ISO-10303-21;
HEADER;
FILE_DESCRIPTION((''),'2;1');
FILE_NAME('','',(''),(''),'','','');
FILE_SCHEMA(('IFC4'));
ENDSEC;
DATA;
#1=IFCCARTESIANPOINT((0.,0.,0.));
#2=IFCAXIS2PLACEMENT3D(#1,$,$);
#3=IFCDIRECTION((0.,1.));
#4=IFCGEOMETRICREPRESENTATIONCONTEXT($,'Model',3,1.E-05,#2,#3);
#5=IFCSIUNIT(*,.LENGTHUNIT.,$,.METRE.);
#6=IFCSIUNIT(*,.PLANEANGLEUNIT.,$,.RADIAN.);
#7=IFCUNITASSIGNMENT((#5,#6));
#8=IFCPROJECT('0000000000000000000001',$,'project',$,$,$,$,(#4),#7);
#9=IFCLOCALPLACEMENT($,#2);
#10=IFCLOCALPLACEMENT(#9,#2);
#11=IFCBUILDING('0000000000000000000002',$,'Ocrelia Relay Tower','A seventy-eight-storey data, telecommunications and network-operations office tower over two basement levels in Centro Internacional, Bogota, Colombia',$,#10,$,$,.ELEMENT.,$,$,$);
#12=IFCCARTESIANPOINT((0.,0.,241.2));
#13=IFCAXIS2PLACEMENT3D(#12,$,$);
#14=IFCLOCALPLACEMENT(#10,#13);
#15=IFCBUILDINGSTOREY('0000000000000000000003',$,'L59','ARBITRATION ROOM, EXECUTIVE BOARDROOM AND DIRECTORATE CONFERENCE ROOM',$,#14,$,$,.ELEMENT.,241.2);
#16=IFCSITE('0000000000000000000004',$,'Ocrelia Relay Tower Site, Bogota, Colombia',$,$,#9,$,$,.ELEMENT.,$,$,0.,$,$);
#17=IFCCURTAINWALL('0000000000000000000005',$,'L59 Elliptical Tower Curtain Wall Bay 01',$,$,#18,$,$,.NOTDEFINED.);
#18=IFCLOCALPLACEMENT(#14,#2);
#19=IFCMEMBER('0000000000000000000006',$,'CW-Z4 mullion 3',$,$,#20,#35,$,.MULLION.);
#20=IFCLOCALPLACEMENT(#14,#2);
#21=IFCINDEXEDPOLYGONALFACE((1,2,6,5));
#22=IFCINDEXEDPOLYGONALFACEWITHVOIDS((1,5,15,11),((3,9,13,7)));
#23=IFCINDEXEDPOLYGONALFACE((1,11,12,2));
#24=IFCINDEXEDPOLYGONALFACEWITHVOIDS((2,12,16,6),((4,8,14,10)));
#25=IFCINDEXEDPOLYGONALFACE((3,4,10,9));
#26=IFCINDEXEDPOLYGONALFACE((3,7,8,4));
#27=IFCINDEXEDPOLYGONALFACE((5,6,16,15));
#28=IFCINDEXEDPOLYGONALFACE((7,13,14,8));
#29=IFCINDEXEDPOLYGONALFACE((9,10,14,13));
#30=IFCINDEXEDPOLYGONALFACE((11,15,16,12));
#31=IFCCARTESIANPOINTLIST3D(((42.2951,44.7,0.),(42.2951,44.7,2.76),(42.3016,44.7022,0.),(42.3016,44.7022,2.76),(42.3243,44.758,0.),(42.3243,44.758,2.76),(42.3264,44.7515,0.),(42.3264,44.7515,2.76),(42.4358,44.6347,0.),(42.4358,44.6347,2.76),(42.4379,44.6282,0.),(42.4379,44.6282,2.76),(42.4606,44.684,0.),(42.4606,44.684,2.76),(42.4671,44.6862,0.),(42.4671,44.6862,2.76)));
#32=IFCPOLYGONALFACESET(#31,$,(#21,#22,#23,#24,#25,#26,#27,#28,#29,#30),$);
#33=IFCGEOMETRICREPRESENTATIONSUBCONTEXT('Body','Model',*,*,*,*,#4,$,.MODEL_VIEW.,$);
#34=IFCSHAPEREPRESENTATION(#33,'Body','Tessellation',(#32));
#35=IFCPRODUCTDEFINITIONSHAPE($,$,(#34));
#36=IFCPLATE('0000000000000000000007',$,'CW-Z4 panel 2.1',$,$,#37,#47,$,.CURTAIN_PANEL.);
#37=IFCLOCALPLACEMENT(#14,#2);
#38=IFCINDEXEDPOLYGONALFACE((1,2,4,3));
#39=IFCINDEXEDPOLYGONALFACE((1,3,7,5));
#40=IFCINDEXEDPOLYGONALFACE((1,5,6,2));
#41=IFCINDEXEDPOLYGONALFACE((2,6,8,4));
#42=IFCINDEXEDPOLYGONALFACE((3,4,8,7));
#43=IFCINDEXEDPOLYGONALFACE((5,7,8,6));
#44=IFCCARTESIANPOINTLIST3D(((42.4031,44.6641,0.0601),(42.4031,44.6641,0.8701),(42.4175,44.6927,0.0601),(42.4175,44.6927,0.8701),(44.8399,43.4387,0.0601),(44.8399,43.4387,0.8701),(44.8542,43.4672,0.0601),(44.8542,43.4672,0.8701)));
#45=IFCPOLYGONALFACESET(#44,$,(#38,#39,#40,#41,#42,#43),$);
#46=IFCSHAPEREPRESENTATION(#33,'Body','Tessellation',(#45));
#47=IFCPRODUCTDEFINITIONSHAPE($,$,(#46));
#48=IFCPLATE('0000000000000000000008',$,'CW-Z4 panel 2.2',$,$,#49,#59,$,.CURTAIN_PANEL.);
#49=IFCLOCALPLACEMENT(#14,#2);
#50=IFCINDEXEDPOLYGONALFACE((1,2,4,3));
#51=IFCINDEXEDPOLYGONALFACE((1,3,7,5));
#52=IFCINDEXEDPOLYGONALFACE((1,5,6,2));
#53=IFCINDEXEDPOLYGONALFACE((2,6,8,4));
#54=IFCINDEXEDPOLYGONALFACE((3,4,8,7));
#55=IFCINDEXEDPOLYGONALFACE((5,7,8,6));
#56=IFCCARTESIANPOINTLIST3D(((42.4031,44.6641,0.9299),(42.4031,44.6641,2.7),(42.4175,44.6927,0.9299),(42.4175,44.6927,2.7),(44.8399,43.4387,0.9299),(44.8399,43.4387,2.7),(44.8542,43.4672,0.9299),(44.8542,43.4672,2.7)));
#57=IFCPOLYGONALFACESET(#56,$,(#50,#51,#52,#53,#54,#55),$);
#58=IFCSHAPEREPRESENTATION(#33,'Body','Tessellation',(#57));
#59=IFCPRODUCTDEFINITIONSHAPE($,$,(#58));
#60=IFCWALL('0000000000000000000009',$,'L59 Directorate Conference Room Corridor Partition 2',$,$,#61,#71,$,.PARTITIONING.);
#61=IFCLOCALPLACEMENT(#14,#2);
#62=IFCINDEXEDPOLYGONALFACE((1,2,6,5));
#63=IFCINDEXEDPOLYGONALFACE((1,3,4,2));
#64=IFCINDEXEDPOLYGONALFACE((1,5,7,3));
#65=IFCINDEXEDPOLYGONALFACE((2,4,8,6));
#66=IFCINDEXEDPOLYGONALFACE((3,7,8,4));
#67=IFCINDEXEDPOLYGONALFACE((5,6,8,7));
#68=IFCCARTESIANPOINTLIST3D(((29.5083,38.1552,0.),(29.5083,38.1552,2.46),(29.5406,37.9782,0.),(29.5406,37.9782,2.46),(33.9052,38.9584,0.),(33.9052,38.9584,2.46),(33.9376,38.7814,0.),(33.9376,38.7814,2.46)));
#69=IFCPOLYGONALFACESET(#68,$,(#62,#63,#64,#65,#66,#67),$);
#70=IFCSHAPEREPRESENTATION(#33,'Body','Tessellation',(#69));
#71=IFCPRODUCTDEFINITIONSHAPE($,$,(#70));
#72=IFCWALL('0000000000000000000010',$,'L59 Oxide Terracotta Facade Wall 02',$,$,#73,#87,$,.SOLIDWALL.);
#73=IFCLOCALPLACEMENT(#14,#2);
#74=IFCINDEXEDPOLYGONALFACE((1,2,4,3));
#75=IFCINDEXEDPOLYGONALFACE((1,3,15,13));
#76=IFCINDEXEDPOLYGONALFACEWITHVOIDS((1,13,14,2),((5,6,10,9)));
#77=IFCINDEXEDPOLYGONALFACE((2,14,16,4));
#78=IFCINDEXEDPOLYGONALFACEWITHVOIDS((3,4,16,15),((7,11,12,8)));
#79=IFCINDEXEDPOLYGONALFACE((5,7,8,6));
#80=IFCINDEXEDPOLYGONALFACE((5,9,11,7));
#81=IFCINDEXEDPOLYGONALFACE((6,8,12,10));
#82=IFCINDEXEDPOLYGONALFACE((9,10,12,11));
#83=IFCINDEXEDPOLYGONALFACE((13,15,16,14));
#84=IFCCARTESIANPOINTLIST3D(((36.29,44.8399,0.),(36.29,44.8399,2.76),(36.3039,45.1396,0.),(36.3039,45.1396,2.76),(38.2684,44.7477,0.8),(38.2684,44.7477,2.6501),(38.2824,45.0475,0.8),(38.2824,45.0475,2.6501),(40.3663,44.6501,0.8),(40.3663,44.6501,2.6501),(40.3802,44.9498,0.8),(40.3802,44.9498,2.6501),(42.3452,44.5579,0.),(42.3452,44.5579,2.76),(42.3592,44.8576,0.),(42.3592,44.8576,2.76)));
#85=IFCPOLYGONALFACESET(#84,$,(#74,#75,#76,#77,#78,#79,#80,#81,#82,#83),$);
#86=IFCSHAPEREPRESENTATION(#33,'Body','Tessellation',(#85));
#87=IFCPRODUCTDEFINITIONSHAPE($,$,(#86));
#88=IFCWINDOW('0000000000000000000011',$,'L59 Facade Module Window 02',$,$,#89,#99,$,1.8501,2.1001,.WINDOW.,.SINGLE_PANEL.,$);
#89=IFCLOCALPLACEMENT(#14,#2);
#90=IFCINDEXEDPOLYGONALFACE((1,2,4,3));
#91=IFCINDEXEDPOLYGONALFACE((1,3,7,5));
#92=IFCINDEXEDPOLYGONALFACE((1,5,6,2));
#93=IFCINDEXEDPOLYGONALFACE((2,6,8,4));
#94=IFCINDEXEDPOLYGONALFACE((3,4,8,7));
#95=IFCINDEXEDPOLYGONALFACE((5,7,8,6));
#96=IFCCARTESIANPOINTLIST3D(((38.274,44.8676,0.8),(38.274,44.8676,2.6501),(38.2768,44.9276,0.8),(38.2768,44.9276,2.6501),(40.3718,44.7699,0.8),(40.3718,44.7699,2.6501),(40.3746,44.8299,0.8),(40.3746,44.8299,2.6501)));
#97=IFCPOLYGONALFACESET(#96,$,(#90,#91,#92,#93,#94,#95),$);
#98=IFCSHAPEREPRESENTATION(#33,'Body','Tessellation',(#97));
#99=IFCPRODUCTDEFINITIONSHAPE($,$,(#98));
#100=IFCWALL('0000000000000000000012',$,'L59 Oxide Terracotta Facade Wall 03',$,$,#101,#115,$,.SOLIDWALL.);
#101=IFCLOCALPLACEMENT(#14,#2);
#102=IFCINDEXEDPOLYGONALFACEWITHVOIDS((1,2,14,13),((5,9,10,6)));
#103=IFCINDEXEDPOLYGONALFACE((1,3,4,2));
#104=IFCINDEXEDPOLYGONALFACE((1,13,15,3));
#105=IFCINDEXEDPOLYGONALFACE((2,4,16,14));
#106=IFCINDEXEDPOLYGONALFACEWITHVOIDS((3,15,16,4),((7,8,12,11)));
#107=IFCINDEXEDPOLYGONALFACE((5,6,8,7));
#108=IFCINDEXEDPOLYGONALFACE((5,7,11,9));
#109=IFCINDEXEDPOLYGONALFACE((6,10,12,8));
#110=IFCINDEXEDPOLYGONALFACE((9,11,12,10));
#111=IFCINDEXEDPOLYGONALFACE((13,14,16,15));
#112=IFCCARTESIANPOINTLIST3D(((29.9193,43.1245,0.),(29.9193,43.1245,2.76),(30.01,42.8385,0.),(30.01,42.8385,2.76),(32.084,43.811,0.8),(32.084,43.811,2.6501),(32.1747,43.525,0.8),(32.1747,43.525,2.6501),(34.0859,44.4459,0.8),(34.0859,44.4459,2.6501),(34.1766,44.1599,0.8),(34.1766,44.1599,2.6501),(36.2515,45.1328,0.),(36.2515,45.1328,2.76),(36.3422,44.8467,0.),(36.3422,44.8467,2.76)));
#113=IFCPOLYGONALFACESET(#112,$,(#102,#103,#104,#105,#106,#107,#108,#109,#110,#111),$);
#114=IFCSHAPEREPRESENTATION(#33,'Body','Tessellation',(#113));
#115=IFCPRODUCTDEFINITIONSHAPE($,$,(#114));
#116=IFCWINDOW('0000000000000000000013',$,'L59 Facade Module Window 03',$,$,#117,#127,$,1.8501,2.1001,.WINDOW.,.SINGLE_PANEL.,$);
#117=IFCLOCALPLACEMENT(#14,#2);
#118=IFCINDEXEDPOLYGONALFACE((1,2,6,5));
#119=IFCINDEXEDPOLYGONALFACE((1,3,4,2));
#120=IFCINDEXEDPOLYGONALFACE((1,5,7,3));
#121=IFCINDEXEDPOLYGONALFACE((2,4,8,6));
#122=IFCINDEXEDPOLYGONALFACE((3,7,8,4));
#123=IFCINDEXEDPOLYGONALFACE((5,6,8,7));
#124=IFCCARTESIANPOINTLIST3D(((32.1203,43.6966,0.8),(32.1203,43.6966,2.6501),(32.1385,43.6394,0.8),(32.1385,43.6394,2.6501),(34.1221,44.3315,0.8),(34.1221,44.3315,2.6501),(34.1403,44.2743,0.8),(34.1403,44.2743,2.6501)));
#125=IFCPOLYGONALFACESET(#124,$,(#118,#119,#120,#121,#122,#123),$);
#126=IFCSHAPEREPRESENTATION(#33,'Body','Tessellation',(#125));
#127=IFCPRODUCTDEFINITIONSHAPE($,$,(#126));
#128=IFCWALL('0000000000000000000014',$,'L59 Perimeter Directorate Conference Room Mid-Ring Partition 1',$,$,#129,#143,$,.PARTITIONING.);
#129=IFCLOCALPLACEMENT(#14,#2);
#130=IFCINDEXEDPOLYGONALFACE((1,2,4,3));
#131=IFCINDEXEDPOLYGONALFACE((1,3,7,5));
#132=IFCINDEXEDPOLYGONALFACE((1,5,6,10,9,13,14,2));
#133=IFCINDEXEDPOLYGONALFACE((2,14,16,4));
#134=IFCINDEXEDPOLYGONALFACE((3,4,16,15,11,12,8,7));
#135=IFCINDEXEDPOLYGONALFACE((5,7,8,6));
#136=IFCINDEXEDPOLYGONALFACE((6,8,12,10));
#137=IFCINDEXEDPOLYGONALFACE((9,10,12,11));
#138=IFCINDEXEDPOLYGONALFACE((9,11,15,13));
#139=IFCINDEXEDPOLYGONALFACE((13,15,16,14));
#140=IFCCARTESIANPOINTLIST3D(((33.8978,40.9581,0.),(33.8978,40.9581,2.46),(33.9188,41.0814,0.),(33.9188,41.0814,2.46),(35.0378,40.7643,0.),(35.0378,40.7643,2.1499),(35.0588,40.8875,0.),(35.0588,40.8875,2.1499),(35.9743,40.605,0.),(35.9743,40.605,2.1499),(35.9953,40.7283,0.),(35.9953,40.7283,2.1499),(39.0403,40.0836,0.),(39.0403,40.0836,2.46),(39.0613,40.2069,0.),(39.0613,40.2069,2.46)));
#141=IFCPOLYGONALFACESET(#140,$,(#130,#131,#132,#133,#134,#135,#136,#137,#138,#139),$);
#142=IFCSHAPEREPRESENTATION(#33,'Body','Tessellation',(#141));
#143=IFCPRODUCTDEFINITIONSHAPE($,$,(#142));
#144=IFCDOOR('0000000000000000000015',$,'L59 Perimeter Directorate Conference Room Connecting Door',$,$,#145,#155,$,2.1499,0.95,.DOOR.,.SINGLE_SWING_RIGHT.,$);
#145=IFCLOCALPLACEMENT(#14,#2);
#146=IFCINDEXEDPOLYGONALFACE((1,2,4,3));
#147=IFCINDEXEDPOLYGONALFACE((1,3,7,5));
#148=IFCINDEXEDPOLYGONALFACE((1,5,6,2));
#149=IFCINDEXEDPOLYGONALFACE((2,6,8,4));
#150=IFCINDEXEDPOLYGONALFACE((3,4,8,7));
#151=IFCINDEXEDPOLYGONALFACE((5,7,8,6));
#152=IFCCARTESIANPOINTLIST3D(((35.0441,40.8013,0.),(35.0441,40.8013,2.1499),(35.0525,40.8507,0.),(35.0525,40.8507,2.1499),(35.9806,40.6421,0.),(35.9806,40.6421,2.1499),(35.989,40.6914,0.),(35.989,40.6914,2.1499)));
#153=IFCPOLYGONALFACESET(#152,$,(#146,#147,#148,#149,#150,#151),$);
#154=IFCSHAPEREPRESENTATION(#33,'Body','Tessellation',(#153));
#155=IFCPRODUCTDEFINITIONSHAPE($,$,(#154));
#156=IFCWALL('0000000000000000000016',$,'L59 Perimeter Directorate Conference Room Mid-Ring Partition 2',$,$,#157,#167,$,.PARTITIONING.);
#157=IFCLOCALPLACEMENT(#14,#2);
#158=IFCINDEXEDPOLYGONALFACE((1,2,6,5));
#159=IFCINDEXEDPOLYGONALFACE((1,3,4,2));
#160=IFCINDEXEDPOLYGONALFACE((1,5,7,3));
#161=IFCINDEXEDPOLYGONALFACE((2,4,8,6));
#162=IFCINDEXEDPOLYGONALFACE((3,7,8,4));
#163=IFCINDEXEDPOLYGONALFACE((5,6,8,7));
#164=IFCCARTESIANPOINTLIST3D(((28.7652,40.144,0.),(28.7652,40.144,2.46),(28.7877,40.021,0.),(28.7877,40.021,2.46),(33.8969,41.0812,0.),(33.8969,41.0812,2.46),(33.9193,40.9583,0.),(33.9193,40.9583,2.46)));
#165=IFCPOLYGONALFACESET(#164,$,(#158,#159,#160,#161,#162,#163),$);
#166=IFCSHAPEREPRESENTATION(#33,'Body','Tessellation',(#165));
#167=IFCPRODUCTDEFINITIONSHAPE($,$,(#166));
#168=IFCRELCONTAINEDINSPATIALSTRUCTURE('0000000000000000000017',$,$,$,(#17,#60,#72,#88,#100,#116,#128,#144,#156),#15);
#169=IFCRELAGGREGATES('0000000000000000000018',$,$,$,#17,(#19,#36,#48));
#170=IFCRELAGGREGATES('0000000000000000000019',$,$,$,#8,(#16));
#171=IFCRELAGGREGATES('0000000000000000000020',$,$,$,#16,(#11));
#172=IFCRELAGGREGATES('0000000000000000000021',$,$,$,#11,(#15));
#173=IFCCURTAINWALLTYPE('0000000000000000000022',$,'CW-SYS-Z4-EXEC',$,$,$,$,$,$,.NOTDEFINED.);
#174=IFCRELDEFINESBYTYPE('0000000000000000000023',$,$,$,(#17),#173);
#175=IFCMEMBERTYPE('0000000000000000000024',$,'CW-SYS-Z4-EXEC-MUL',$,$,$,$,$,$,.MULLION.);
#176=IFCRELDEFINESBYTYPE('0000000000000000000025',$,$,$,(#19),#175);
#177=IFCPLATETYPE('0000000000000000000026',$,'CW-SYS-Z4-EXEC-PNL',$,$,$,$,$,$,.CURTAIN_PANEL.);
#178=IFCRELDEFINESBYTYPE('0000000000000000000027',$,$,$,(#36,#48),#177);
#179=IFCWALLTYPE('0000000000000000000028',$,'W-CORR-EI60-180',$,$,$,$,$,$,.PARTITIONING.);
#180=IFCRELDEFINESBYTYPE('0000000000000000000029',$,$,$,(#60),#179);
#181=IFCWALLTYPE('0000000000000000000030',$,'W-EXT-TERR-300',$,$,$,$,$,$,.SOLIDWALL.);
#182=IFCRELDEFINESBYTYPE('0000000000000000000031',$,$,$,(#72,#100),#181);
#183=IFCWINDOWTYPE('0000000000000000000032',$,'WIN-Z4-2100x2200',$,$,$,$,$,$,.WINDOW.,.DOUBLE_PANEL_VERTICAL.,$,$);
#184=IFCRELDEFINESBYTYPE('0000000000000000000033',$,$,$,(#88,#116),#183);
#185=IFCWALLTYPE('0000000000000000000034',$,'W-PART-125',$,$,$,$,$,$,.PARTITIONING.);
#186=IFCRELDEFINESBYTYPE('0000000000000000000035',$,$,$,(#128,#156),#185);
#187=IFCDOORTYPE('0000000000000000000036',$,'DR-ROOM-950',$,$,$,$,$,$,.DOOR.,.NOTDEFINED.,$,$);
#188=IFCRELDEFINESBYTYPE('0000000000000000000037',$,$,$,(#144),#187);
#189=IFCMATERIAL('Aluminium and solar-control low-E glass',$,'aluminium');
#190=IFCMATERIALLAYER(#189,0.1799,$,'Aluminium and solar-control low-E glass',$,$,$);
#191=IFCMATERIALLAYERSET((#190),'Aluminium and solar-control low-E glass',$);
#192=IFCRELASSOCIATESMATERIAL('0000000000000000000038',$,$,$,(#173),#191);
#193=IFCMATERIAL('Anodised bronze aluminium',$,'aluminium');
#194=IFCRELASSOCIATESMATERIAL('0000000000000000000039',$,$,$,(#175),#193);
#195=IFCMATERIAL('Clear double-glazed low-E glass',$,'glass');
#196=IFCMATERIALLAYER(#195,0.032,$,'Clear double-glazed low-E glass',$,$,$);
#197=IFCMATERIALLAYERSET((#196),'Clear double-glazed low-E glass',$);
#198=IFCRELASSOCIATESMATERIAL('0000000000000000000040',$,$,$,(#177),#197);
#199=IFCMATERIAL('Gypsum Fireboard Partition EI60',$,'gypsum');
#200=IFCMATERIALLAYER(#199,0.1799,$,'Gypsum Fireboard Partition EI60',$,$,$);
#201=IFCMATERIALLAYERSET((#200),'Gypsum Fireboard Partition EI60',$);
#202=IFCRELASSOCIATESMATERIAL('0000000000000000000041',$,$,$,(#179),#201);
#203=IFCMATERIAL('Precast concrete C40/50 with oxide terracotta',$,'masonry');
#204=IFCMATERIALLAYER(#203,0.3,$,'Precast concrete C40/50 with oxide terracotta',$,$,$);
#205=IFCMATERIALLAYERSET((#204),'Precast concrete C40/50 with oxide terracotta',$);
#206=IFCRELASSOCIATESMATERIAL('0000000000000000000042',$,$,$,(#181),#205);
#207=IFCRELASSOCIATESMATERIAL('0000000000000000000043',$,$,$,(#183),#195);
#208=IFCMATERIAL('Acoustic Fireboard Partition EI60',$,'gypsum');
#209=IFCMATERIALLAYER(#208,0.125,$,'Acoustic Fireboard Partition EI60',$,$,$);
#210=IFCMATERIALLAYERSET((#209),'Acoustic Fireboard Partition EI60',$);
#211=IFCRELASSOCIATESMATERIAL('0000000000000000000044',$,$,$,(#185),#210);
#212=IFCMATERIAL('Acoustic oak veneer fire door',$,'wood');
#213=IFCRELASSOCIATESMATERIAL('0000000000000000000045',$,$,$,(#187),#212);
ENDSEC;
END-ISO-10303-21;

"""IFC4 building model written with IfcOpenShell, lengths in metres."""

from ifc_helpers import new_model, si_unit, direction, frame, frame_2d, origin, origin_2d, place, context, subcontext, project, spatial, rectangle, hollow_rectangle, extrude, material, layer, layer_set, material_profile, profile_set, type_object, element, fill, aggregate, save


model = new_model("IFC4")

# Units and contexts
model_context = context("Model", 3, precision=1e-05, world=origin(), true_north=direction((0.0, 1.0)))
body_context = subcontext(model_context, "Body", "Model", "MODEL_VIEW")
ifc_project = project(units=[si_unit("LENGTHUNIT", "METRE"), si_unit("PLANEANGLEUNIT", "RADIAN")], contexts=[model_context])

# Site, building, storey
site_placement = place(None, origin())
site = spatial("IfcSite", under=ifc_project, at=site_placement, Name="Ocrelia Relay Tower Site, Bogota, Colombia", CompositionType="ELEMENT", RefElevation=0.0)
building_placement = place(site_placement, origin())
building = spatial("IfcBuilding", under=site, at=building_placement, Name="Ocrelia Relay Tower", Description="A seventy-eight-storey data, telecommunications and network-operations office tower over two basement levels in Centro Internacional, Bogota, Colombia", CompositionType="ELEMENT")
storey_placement = place(building_placement, frame((0.0, 0.0, 241.2)))
storey = spatial("IfcBuildingStorey", under=building, at=storey_placement, Name="L59", Description="ARBITRATION ROOM, EXECUTIVE BOARDROOM AND DIRECTORATE CONFERENCE ROOM", CompositionType="ELEMENT", Elevation=241.2)

# Curtain wall, member, plates
ifc_material_1 = material(Name="Aluminium and solar-control low-E glass", Category="aluminium")
ifc_layer_1 = layer(ifc_material_1, 0.1799, Name="Aluminium and solar-control low-E glass")
ifc_layer_set_1 = layer_set([ifc_layer_1], Name="Aluminium and solar-control low-E glass")
curtain_wall_type = type_object("IfcCurtainWallType", Name="CW-SYS-Z4-EXEC", PredefinedType="NOTDEFINED", material=ifc_layer_set_1)
curtain_wall_placement = place(storey_placement, origin())
curtain_wall = element("IfcCurtainWall", 1, at=curtain_wall_placement, inside=storey, type_object=curtain_wall_type, Name="L59 Elliptical Tower Curtain Wall Bay 01", PredefinedType="NOTDEFINED")
ifc_material_2 = material(Name="Anodised bronze aluminium", Category="aluminium")
ifc_material_profile_1 = material_profile(ifc_material_2, hollow_rectangle(XDim=0.0649, YDim=0.1599, WallThickness=0.0049, at=origin_2d()), Name="CW-MUL-160x65")
ifc_profile_set_1 = profile_set([ifc_material_profile_1], Name="Anodised bronze aluminium")
member_type = type_object("IfcMemberType", Name="CW-SYS-Z4-EXEC-MUL", PredefinedType="MULLION", material=ifc_profile_set_1)
member_placement = place(storey_placement, frame((42.3811, 44.6931, 0.0), z_axis=(0.0, 0.0, 1.0), x_axis=(-0.449287, -0.893388, 0.0)))
member = element("IfcMember", 2, at=member_placement, type_object=member_type, Name="CW-Z4 mullion 3", PredefinedType="MULLION", context=body_context, shape_type="SweptSolid", body=[
    extrude(hollow_rectangle(XDim=0.0649, YDim=0.1599, WallThickness=0.0049, at=origin_2d()), origin(), (0.0, 0.0, 1.0), 2.76),
])
ifc_material_3 = material(Name="Clear double-glazed low-E glass", Category="glass")
ifc_layer_2 = layer(ifc_material_3, 0.032, Name="Clear double-glazed low-E glass")
ifc_layer_set_2 = layer_set([ifc_layer_2], Name="Clear double-glazed low-E glass")
plate_type = type_object("IfcPlateType", Name="CW-SYS-Z4-EXEC-PNL", PredefinedType="CURTAIN_PANEL", material=ifc_layer_set_2)
plate_1_placement = place(storey_placement, frame((43.6287, 44.0657, 0.0601), z_axis=(0.0, 0.0, 1.0), x_axis=(-0.893388, 0.449287, 0.0)))
plate_1 = element("IfcPlate", 3, at=plate_1_placement, type_object=plate_type, Name="CW-Z4 panel 2.1", PredefinedType="CURTAIN_PANEL", context=body_context, shape_type="SweptSolid", body=[
    extrude(rectangle(XDim=2.7275, YDim=0.032, at=origin_2d()), origin(), (0.0, 0.0, 1.0), 0.8101),
])
plate_2_placement = place(storey_placement, frame((43.6287, 44.0657, 0.9299), z_axis=(0.0, 0.0, 1.0), x_axis=(-0.893388, 0.449287, 0.0)))
plate_2 = element("IfcPlate", 4, at=plate_2_placement, type_object=plate_type, Name="CW-Z4 panel 2.2", PredefinedType="CURTAIN_PANEL", context=body_context, shape_type="SweptSolid", body=[
    extrude(rectangle(XDim=2.7275, YDim=0.032, at=origin_2d()), origin(), (0.0, 0.0, 1.0), 1.77),
])
aggregate(curtain_wall, [member, plate_1, plate_2])

# Wall
ifc_material_4 = material(Name="Gypsum Fireboard Partition EI60", Category="gypsum")
ifc_layer_3 = layer(ifc_material_4, 0.1799, Name="Gypsum Fireboard Partition EI60")
ifc_layer_set_3 = layer_set([ifc_layer_3], Name="Gypsum Fireboard Partition EI60")
wall_type_1 = type_object("IfcWallType", Name="W-CORR-EI60-180", PredefinedType="PARTITIONING", material=ifc_layer_set_3)
wall_1_placement = place(storey_placement, frame((33.9214, 38.8699, 0.0), z_axis=(0.0, 0.0, 1.0), x_axis=(-0.983721, -0.179703, 0.0)))
element("IfcWall", 5, at=wall_1_placement, inside=storey, type_object=wall_type_1, Name="L59 Directorate Conference Room Corridor Partition 2", PredefinedType="PARTITIONING", context=body_context, shape_type="SweptSolid", body=[
    extrude(rectangle(XDim=4.4697, YDim=0.1799, at=frame_2d((2.2349, 0.0))), origin(), (0.0, 0.0, 1.0), 2.46),
])

# Walls, openings, windows
ifc_material_5 = material(Name="Precast concrete C40/50 with oxide terracotta", Category="masonry")
ifc_layer_4 = layer(ifc_material_5, 0.3, Name="Precast concrete C40/50 with oxide terracotta")
ifc_layer_set_4 = layer_set([ifc_layer_4], Name="Precast concrete C40/50 with oxide terracotta")
wall_type_2 = type_object("IfcWallType", Name="W-EXT-TERR-300", PredefinedType="SOLIDWALL", material=ifc_layer_set_4)
wall_2_placement = place(storey_placement, frame((42.3521, 44.7078, 0.0), z_axis=(0.0, 0.0, 1.0), x_axis=(-0.998917, 0.046518, 0.0)))
wall_2 = element("IfcWall", 6, at=wall_2_placement, inside=storey, type_object=wall_type_2, Name="L59 Oxide Terracotta Facade Wall 02", PredefinedType="SOLIDWALL", context=body_context, shape_type="SweptSolid", body=[
    extrude(rectangle(XDim=6.0618, YDim=0.3, at=frame_2d((3.0308, 0.0))), origin(), (0.0, 0.0, 1.0), 2.76),
])
opening_1_placement = place(wall_2_placement, frame((1.981, 0.0, 0.8)))
opening_1 = element("IfcOpeningElement", 7, at=opening_1_placement, cuts=wall_2, PredefinedType="OPENING", context=body_context, shape_type="SweptSolid", body=[
    extrude(rectangle(XDim=2.1001, YDim=1.8501, at=frame_2d((1.05, 0.925))), frame((0.0, 0.1602, 0.0), z_axis=(0.0, -1.0, 0.0), x_axis=(1.0, 0.0, 0.0)), (0.0, 0.0, 1.0), 0.3201),
])
window_type = type_object("IfcWindowType", Name="WIN-Z4-2100x2200", PartitioningType="DOUBLE_PANEL_VERTICAL", PredefinedType="WINDOW", material=ifc_material_3)
window_1_placement = place(opening_1_placement, origin())
window_1 = element("IfcWindow", 8, at=window_1_placement, inside=storey, type_object=window_type, Name="L59 Facade Module Window 02", OverallHeight=1.8501, OverallWidth=2.1001, PartitioningType="SINGLE_PANEL", PredefinedType="WINDOW", context=body_context, shape_type="SweptSolid", body=[
    extrude(rectangle(XDim=2.1001, YDim=1.8501, at=frame_2d((1.05, 0.925))), frame((0.0, 0.03, 0.0), z_axis=(0.0, -1.0, 0.0), x_axis=(1.0, 0.0, 0.0)), (0.0, 0.0, 1.0), 0.0601),
])
fill(opening_1, window_1)
wall_3_placement = place(storey_placement, frame((36.2969, 44.9897, 0.0), z_axis=(0.0, 0.0, 1.0), x_axis=(-0.953209, -0.302313, 0.0)))
wall_3 = element("IfcWall", 9, at=wall_3_placement, inside=storey, type_object=wall_type_2, Name="L59 Oxide Terracotta Facade Wall 03", PredefinedType="SOLIDWALL", context=body_context, shape_type="SweptSolid", body=[
    extrude(rectangle(XDim=6.6431, YDim=0.3, at=frame_2d((3.3215, 0.0))), origin(), (0.0, 0.0, 1.0), 2.76),
])
opening_2_placement = place(wall_3_placement, frame((2.272, 0.0, 0.8)))
opening_2 = element("IfcOpeningElement", 10, at=opening_2_placement, cuts=wall_3, PredefinedType="OPENING", context=body_context, shape_type="SweptSolid", body=[
    extrude(rectangle(XDim=2.1001, YDim=1.8501, at=frame_2d((1.05, 0.925))), frame((0.0, 0.1602, 0.0), z_axis=(0.0, -1.0, 0.0), x_axis=(1.0, 0.0, 0.0)), (0.0, 0.0, 1.0), 0.3201),
])
window_2_placement = place(opening_2_placement, origin())
window_2 = element("IfcWindow", 11, at=window_2_placement, inside=storey, type_object=window_type, Name="L59 Facade Module Window 03", OverallHeight=1.8501, OverallWidth=2.1001, PartitioningType="SINGLE_PANEL", PredefinedType="WINDOW", context=body_context, shape_type="SweptSolid", body=[
    extrude(rectangle(XDim=2.1001, YDim=1.8501, at=frame_2d((1.05, 0.925))), frame((0.0, 0.03, 0.0), z_axis=(0.0, -1.0, 0.0), x_axis=(1.0, 0.0, 0.0)), (0.0, 0.0, 1.0), 0.0601),
])
fill(opening_2, window_2)

# Wall, opening, door
ifc_material_6 = material(Name="Acoustic Fireboard Partition EI60", Category="gypsum")
ifc_layer_5 = layer(ifc_material_6, 0.125, Name="Acoustic Fireboard Partition EI60")
ifc_layer_set_5 = layer_set([ifc_layer_5], Name="Acoustic Fireboard Partition EI60")
wall_type_3 = type_object("IfcWallType", Name="W-PART-125", PredefinedType="PARTITIONING", material=ifc_layer_set_5)
wall_4_placement = place(storey_placement, frame((39.0508, 40.1453, 0.0), z_axis=(0.0, 0.0, 1.0), x_axis=(-0.985847, 0.167646, 0.0)))
wall_4 = element("IfcWall", 12, at=wall_4_placement, inside=storey, type_object=wall_type_3, Name="L59 Perimeter Directorate Conference Room Mid-Ring Partition 1", PredefinedType="PARTITIONING", context=body_context, shape_type="SweptSolid", body=[
    extrude(rectangle(XDim=5.2163, YDim=0.125, at=frame_2d((2.6082, 0.0))), origin(), (0.0, 0.0, 1.0), 2.46),
])
opening_3_placement = place(wall_4_placement, frame((3.1099, 0.0, 0.0)))
opening_3 = element("IfcOpeningElement", 13, at=opening_3_placement, cuts=wall_4, PredefinedType="OPENING", context=body_context, shape_type="SweptSolid", body=[
    extrude(rectangle(XDim=0.95, YDim=2.1499, at=frame_2d((0.4751, 1.075))), frame((0.0, 0.0725, 0.0), z_axis=(0.0, -1.0, 0.0), x_axis=(1.0, 0.0, 0.0)), (0.0, 0.0, 1.0), 0.145),
])
ifc_material_7 = material(Name="Acoustic oak veneer fire door", Category="wood")
door_type = type_object("IfcDoorType", Name="DR-ROOM-950", OperationType="NOTDEFINED", PredefinedType="DOOR", material=ifc_material_7)
door_placement = place(opening_3_placement, origin())
door = element("IfcDoor", 14, at=door_placement, inside=storey, type_object=door_type, Name="L59 Perimeter Directorate Conference Room Connecting Door", OperationType="SINGLE_SWING_RIGHT", OverallHeight=2.1499, OverallWidth=0.95, PredefinedType="DOOR", context=body_context, shape_type="SweptSolid", body=[
    extrude(rectangle(XDim=0.95, YDim=2.1499, at=frame_2d((0.4751, 1.075))), frame((0.0, 0.0249, 0.0), z_axis=(0.0, -1.0, 0.0), x_axis=(1.0, 0.0, 0.0)), (0.0, 0.0, 1.0), 0.05),
])
fill(opening_3, door)

# Wall
wall_5_placement = place(storey_placement, frame((33.9082, 41.0198, 0.0), z_axis=(0.0, 0.0, 1.0), x_axis=(-0.983727, -0.179672, 0.0)))
element("IfcWall", 15, at=wall_5_placement, inside=storey, type_object=wall_type_3, Name="L59 Perimeter Directorate Conference Room Mid-Ring Partition 2", PredefinedType="PARTITIONING", context=body_context, shape_type="SweptSolid", body=[
    extrude(rectangle(XDim=5.2166, YDim=0.125, at=frame_2d((2.6084, 0.0))), origin(), (0.0, 0.0, 1.0), 2.46),
])

save(model, "model.ifc")
